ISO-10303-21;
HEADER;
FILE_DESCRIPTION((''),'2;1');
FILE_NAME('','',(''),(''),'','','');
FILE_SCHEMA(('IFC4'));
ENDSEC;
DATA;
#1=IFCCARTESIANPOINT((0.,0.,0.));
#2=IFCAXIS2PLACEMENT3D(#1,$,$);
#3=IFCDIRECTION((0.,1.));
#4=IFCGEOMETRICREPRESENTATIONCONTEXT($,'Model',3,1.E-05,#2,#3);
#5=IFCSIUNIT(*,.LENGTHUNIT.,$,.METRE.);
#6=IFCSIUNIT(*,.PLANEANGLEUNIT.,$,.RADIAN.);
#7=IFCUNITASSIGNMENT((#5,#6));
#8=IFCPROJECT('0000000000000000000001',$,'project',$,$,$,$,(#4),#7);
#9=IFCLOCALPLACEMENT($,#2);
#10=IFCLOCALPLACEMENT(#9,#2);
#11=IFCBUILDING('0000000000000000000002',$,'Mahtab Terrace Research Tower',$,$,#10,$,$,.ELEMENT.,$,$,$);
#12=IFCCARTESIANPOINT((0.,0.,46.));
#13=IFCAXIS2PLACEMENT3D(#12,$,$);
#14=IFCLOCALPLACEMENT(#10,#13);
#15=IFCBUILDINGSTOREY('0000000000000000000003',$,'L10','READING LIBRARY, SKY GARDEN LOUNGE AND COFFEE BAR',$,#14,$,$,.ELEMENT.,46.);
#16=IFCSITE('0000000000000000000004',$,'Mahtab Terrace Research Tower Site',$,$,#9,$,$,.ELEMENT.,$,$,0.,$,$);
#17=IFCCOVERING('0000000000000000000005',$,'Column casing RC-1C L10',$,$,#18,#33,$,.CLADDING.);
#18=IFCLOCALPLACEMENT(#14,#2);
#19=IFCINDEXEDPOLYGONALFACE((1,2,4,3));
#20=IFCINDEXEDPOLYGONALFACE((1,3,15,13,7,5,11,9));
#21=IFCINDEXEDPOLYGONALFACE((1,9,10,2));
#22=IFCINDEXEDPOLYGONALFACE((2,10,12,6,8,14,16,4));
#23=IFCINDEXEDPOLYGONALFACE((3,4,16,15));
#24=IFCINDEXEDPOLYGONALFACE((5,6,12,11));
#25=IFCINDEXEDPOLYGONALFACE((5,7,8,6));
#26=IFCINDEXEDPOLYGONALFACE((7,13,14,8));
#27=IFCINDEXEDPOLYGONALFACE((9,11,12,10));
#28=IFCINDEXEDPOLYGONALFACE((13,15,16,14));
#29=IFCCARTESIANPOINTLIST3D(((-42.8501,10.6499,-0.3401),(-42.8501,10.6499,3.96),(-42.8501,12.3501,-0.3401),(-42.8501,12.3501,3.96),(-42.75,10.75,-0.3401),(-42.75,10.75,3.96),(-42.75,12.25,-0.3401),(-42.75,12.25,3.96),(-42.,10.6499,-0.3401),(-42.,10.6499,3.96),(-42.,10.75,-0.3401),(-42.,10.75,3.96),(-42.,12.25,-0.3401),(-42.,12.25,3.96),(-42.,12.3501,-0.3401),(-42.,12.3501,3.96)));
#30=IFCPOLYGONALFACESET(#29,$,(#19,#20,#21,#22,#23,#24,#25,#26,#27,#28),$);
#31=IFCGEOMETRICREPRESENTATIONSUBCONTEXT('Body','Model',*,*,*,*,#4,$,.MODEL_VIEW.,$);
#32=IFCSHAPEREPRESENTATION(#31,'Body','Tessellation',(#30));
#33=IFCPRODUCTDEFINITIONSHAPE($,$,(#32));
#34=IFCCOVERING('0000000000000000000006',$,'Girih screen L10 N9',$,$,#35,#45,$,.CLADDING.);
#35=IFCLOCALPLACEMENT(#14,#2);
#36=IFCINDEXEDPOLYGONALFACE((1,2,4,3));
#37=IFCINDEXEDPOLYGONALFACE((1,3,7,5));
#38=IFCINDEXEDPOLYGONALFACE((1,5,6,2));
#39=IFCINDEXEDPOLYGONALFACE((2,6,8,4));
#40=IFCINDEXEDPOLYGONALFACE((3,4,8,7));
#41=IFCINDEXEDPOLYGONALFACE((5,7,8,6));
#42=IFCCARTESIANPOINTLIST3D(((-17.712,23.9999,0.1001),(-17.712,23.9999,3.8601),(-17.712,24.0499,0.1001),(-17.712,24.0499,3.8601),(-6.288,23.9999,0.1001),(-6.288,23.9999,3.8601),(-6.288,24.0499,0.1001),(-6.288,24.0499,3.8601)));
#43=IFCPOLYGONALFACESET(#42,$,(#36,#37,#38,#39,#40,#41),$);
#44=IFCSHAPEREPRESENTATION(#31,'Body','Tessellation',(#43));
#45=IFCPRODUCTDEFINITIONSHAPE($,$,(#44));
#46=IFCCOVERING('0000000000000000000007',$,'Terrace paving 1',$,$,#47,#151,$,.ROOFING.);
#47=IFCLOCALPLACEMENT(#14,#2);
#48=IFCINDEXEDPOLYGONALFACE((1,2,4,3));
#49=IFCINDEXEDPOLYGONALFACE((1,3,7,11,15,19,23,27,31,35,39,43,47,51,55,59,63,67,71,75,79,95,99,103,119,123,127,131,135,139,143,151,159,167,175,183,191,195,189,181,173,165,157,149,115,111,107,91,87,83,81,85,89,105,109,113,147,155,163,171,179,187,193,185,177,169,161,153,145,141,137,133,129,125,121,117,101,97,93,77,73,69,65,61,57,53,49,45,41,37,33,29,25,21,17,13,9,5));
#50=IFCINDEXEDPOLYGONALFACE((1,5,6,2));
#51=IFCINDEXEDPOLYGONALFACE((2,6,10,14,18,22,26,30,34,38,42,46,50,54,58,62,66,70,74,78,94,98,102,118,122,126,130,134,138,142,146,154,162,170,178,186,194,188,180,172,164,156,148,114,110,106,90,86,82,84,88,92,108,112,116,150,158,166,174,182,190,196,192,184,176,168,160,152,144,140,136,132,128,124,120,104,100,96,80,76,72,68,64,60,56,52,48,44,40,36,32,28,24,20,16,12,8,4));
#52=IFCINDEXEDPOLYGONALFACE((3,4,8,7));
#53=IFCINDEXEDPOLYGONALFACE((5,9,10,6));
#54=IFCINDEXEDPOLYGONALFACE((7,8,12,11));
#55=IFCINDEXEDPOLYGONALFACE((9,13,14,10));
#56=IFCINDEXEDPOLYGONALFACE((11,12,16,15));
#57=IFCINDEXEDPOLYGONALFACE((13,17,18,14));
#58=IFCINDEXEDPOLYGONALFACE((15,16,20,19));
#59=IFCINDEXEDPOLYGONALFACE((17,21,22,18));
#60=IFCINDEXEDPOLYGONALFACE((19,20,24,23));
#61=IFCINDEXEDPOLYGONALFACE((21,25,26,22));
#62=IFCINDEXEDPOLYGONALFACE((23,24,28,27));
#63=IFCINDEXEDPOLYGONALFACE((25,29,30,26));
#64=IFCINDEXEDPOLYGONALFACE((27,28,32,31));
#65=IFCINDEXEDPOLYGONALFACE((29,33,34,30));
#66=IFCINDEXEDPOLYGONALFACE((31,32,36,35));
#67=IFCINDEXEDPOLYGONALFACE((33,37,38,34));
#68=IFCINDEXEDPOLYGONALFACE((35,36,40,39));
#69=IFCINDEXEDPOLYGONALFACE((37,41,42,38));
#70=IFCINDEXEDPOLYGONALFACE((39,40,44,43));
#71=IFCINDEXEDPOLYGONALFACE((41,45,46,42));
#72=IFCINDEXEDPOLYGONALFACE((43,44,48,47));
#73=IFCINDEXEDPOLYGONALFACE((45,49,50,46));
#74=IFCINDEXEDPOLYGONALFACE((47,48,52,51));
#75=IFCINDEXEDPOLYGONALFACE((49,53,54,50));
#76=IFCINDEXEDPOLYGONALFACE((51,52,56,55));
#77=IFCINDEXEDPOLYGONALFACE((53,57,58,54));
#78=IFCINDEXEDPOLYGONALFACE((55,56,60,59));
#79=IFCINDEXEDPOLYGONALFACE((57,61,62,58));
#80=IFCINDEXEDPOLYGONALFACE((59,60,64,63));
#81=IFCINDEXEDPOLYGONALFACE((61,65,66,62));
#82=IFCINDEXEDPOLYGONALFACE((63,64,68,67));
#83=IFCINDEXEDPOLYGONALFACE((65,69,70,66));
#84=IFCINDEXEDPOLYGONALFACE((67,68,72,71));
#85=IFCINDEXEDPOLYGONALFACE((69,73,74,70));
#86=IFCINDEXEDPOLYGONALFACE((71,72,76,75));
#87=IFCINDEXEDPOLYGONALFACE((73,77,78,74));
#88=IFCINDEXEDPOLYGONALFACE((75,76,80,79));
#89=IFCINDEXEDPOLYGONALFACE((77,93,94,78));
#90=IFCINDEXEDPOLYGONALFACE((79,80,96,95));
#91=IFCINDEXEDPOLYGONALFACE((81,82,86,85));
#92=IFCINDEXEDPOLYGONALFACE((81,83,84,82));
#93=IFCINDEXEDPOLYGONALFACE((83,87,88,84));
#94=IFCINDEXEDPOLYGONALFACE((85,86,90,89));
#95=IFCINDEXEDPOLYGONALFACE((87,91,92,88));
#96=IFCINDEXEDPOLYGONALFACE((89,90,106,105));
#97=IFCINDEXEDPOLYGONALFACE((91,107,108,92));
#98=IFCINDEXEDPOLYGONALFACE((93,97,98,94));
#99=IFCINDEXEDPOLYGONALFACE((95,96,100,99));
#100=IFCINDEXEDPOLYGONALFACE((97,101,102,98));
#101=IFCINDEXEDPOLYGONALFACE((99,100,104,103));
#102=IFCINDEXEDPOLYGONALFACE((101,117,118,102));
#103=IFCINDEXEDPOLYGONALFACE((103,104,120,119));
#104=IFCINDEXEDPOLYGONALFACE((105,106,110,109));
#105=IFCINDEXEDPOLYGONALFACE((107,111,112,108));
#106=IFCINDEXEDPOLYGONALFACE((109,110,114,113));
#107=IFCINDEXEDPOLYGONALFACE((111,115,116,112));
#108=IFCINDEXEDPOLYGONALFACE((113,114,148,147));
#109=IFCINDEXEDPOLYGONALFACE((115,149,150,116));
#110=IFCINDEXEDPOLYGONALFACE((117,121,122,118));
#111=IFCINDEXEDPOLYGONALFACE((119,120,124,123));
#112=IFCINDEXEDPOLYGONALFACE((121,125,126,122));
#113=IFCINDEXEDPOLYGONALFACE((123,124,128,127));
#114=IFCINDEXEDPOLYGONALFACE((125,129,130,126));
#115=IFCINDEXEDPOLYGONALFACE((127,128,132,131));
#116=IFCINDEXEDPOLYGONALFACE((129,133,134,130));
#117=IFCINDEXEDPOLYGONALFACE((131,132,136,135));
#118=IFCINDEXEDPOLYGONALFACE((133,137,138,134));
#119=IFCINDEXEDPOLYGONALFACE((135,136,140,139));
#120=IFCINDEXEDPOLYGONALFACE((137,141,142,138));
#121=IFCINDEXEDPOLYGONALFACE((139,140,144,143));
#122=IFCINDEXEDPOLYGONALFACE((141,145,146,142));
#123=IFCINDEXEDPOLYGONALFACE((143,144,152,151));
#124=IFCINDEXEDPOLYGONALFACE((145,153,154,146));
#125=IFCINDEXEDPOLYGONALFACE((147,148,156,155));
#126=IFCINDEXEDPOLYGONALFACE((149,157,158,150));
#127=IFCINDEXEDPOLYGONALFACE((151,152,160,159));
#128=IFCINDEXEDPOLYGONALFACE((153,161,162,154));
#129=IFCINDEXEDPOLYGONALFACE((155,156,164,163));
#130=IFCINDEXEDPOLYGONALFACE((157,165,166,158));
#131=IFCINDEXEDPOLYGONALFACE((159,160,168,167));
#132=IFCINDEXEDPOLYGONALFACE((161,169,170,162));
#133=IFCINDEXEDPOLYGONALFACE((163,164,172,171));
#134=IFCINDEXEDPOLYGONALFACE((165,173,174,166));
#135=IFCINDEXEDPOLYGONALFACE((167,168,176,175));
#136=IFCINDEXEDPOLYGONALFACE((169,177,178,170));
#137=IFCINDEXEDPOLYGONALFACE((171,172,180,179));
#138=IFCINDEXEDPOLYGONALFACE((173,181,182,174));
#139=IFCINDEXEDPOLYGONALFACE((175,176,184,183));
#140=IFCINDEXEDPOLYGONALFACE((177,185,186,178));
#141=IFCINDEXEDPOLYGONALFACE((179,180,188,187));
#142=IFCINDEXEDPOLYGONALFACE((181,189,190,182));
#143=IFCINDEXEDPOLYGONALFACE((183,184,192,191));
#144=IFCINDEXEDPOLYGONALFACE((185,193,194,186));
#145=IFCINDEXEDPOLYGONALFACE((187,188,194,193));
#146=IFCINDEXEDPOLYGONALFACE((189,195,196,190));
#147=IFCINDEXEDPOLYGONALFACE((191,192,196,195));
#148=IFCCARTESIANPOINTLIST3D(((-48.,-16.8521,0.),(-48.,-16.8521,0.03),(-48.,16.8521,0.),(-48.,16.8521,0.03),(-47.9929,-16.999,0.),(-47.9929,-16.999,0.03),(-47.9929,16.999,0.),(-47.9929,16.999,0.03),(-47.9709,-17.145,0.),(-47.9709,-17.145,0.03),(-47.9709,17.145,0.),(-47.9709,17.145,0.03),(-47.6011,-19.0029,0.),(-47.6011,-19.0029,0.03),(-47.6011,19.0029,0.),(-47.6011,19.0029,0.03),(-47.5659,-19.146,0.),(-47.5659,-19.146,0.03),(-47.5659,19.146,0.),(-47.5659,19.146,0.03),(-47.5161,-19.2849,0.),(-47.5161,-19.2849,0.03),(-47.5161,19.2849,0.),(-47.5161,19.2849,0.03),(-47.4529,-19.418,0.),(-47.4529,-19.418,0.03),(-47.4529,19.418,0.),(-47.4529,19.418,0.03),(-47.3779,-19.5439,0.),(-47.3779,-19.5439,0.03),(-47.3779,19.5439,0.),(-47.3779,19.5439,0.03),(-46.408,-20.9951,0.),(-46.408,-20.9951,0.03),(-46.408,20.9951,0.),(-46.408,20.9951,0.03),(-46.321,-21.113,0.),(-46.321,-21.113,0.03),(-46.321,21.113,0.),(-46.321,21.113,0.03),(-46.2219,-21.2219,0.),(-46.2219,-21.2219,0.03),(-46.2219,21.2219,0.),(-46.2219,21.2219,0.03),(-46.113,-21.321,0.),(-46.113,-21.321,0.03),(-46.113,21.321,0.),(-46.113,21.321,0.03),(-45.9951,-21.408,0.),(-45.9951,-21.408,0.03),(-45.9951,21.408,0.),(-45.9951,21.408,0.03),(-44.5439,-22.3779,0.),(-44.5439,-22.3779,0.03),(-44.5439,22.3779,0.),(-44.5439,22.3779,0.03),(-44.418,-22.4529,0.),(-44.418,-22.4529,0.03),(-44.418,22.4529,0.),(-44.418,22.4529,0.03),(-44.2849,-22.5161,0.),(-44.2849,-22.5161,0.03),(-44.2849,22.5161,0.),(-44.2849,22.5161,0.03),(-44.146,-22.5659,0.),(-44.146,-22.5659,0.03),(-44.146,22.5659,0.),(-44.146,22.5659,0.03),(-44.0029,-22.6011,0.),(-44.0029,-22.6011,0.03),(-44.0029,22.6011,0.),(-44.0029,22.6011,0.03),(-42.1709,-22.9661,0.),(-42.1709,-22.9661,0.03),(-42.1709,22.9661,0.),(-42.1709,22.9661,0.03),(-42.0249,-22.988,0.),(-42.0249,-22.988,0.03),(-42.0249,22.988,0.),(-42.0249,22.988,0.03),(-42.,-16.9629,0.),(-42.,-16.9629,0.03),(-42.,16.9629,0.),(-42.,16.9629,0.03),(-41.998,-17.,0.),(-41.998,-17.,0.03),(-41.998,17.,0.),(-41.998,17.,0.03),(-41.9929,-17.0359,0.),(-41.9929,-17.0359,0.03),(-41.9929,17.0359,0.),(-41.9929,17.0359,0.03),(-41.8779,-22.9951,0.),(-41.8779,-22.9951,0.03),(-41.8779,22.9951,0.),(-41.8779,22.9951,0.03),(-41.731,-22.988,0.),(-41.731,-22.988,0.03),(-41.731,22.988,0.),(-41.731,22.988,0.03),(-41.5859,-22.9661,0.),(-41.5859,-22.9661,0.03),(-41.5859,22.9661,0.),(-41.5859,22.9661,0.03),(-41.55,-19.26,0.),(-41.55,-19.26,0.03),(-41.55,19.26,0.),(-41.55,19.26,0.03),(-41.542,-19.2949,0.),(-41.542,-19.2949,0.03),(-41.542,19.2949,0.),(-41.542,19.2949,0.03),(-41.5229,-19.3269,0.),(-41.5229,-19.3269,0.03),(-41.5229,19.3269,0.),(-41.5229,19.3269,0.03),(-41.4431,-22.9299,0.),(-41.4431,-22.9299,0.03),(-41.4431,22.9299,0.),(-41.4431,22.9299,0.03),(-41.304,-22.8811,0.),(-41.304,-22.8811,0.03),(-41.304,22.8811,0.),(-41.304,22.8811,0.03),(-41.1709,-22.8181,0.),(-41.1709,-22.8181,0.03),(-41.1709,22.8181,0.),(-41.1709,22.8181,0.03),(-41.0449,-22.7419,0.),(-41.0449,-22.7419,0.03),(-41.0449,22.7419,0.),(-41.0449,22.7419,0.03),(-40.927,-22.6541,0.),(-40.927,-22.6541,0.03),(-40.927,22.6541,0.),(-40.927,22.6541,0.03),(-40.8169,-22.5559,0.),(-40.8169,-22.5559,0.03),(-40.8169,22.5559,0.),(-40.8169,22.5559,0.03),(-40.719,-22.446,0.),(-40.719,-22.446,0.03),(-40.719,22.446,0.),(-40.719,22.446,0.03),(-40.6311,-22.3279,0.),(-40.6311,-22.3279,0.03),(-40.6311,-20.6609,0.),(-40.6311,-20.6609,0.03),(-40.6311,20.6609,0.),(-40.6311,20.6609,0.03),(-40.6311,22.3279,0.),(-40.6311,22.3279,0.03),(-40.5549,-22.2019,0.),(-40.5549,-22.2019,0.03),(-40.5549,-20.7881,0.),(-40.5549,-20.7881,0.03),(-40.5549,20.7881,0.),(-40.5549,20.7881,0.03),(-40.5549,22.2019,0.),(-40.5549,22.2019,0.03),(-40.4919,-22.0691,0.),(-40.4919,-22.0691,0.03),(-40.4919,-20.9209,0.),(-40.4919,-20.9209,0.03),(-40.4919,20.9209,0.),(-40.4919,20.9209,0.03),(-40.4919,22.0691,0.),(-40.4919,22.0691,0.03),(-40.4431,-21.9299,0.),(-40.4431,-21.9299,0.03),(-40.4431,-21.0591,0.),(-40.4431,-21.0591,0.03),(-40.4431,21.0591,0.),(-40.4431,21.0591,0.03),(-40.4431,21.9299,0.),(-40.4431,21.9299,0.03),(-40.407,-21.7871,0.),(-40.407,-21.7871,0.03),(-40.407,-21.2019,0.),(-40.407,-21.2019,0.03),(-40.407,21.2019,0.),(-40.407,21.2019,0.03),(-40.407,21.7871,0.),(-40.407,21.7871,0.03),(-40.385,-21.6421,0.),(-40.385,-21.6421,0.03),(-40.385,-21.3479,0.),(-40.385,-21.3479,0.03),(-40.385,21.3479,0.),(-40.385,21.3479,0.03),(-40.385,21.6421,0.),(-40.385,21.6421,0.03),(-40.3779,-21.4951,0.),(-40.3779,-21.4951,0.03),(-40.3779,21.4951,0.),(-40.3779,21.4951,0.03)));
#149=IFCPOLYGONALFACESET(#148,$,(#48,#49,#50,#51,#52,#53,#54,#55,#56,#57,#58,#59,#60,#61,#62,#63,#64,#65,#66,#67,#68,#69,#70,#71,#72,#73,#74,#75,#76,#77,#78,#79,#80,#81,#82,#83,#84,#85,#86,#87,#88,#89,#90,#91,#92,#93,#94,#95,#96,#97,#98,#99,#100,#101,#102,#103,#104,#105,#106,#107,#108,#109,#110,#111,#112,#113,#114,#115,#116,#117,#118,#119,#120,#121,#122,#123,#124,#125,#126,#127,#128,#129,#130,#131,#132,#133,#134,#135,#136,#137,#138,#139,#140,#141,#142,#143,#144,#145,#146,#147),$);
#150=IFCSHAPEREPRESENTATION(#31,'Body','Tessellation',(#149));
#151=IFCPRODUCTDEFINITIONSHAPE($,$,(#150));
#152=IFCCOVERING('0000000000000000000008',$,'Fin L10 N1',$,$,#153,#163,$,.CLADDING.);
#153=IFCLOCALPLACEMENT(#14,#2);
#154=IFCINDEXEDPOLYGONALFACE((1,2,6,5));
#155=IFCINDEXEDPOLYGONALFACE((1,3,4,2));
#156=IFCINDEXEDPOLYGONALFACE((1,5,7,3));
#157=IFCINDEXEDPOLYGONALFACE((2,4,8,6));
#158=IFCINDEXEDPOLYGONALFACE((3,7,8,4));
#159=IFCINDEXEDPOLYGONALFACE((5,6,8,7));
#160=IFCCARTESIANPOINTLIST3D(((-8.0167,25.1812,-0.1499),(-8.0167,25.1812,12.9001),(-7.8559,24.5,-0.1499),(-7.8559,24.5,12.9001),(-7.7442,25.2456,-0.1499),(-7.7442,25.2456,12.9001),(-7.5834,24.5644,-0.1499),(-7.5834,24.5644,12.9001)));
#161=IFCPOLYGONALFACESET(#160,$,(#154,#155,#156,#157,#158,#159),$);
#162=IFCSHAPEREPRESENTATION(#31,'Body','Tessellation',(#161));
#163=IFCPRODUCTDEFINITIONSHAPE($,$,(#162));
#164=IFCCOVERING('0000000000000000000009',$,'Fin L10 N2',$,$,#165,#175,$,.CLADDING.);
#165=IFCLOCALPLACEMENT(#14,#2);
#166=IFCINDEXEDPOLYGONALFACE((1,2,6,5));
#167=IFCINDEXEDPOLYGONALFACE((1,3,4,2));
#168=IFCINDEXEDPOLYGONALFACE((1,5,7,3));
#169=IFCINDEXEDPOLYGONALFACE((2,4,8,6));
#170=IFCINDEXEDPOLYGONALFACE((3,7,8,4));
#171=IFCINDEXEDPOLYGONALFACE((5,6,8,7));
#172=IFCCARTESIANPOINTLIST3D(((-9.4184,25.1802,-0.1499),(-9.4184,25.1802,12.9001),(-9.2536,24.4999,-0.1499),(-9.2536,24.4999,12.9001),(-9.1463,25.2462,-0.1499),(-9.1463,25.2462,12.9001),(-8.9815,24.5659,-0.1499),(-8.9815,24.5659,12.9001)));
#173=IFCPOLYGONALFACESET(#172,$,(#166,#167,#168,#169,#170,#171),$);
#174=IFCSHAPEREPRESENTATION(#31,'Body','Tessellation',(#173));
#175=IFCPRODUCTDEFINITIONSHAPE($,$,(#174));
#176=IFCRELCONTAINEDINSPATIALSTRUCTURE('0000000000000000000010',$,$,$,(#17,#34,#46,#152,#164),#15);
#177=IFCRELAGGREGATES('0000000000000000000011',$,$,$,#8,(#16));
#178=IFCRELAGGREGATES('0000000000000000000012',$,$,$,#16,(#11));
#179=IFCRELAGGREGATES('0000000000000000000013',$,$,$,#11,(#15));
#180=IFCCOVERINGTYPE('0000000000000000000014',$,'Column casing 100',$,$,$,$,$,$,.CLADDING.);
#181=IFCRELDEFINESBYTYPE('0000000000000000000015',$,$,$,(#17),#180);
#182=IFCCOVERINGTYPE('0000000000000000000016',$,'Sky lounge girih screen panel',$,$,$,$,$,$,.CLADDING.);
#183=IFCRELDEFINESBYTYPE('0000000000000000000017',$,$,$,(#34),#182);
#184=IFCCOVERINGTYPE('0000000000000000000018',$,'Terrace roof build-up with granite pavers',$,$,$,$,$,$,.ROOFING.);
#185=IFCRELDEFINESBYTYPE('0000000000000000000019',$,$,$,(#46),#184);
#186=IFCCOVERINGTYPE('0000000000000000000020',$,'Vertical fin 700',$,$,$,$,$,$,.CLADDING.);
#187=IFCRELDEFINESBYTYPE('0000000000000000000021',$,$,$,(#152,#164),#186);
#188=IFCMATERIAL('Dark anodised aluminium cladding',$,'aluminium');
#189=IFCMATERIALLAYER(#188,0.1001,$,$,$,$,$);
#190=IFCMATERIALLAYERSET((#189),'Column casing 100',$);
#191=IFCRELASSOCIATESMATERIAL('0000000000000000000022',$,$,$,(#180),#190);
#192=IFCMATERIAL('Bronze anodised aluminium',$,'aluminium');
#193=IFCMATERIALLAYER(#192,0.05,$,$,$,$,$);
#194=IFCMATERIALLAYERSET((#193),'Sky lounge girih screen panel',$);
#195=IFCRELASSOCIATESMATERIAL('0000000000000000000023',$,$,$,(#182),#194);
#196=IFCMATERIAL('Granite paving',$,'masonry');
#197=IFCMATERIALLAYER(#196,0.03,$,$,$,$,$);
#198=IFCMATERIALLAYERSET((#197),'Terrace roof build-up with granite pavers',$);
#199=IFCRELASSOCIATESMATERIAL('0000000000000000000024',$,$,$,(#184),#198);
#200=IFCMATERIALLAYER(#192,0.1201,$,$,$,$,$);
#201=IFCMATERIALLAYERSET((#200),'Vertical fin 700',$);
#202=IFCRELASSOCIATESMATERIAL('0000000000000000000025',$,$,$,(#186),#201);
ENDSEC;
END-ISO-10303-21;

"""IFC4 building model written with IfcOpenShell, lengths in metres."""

from ifc_helpers import new_model, si_unit, direction, frame, origin, origin_2d, place, context, subcontext, project, spatial, polyline, rectangle, outline, extrude, material, layer, layer_set, type_object, element, save


model = new_model("IFC4")

# Units and contexts
model_context = context("Model", 3, precision=1e-05, world=origin(), true_north=direction((0.0, 1.0)))
body_context = subcontext(model_context, "Body", "Model", "MODEL_VIEW")
ifc_project = project(units=[si_unit("LENGTHUNIT", "METRE"), si_unit("PLANEANGLEUNIT", "RADIAN")], contexts=[model_context])

# Site, building, storey
site_placement = place(None, origin())
site = spatial("IfcSite", under=ifc_project, at=site_placement, Name="Mahtab Terrace Research Tower Site", CompositionType="ELEMENT", RefElevation=0.0)
building_placement = place(site_placement, origin())
building = spatial("IfcBuilding", under=site, at=building_placement, Name="Mahtab Terrace Research Tower", CompositionType="ELEMENT")
storey_placement = place(building_placement, frame((0.0, 0.0, 46.0)))
storey = spatial("IfcBuildingStorey", under=building, at=storey_placement, Name="L10", Description="READING LIBRARY, SKY GARDEN LOUNGE AND COFFEE BAR", CompositionType="ELEMENT", Elevation=46.0)

# Coverings
ifc_material_1 = material(Name="Dark anodised aluminium cladding", Category="aluminium")
ifc_layer_1 = layer(ifc_material_1, 0.1001)
ifc_layer_set_1 = layer_set([ifc_layer_1], Name="Column casing 100")
covering_type_1 = type_object("IfcCoveringType", Name="Column casing 100", PredefinedType="CLADDING", material=ifc_layer_set_1)
covering_1_placement = place(storey_placement, frame((0.0, 0.0, -0.3401)))
element("IfcCovering", 1, at=covering_1_placement, inside=storey, type_object=covering_type_1, Name="Column casing RC-1C L10", PredefinedType="CLADDING", context=body_context, shape_type="SweptSolid", body=[
    extrude(outline(polyline([(-42.8501, 12.3501), (-42.0, 12.3501), (-42.0, 12.25), (-42.75, 12.25), (-42.75, 10.75), (-42.0, 10.75), (-42.0, 10.6499), (-42.8501, 10.6499), (-42.8501, 12.3501)])), origin(), (0.0, 0.0, 1.0), 4.3),
])
ifc_material_2 = material(Name="Bronze anodised aluminium", Category="aluminium")
ifc_layer_2 = layer(ifc_material_2, 0.05)
ifc_layer_set_2 = layer_set([ifc_layer_2], Name="Sky lounge girih screen panel")
covering_type_2 = type_object("IfcCoveringType", Name="Sky lounge girih screen panel", PredefinedType="CLADDING", material=ifc_layer_set_2)
covering_2_placement = place(storey_placement, frame((-12.0, 24.0249, 0.1001), z_axis=(0.0, 0.0, 1.0), x_axis=(-1.0, 0.0, 0.0)))
element("IfcCovering", 2, at=covering_2_placement, inside=storey, type_object=covering_type_2, Name="Girih screen L10 N9", PredefinedType="CLADDING", context=body_context, shape_type="SweptSolid", body=[
    extrude(rectangle(XDim=11.4241, YDim=0.05, at=origin_2d()), origin(), (0.0, 0.0, 1.0), 3.76),
])
ifc_material_3 = material(Name="Granite paving", Category="masonry")
ifc_layer_3 = layer(ifc_material_3, 0.03)
ifc_layer_set_3 = layer_set([ifc_layer_3], Name="Terrace roof build-up with granite pavers")
covering_type_3 = type_object("IfcCoveringType", Name="Terrace roof build-up with granite pavers", PredefinedType="ROOFING", material=ifc_layer_set_3)
covering_3_placement = place(storey_placement, origin())
element("IfcCovering", 3, at=covering_3_placement, inside=storey, type_object=covering_type_3, Name="Terrace paving 1", PredefinedType="ROOFING", context=body_context, shape_type="SweptSolid", body=[
    extrude(outline(polyline([(-41.55, -19.26), (-41.9929, -17.0359), (-41.998, -17.0), (-42.0, -16.9629), (-42.0, 16.9629), (-41.998, 17.0), (-41.9929, 17.0359), (-41.55, 19.26), (-41.542, 19.2949), (-41.5229, 19.3269), (-40.6311, 20.6609), (-40.5549, 20.7881), (-40.4919, 20.9209), (-40.4431, 21.0591), (-40.407, 21.2019), (-40.385, 21.3479), (-40.3779, 21.4951), (-40.385, 21.6421), (-40.407, 21.7871), (-40.4431, 21.9299), (-40.4919, 22.0691), (-40.5549, 22.2019), (-40.6311, 22.3279), (-40.719, 22.446), (-40.8169, 22.5559), (-40.927, 22.6541), (-41.0449, 22.7419), (-41.1709, 22.8181), (-41.304, 22.8811), (-41.4431, 22.9299), (-41.5859, 22.9661), (-41.731, 22.988), (-41.8779, 22.9951), (-42.0249, 22.988), (-42.1709, 22.9661), (-44.0029, 22.6011), (-44.146, 22.5659), (-44.2849, 22.5161), (-44.418, 22.4529), (-44.5439, 22.3779), (-45.9951, 21.408), (-46.113, 21.321), (-46.2219, 21.2219), (-46.321, 21.113), (-46.408, 20.9951), (-47.3779, 19.5439), (-47.4529, 19.418), (-47.5161, 19.2849), (-47.5659, 19.146), (-47.6011, 19.0029), (-47.9709, 17.145), (-47.9929, 16.999), (-48.0, 16.8521), (-48.0, -16.8521), (-47.9929, -16.999), (-47.9709, -17.145), (-47.6011, -19.0029), (-47.5659, -19.146), (-47.5161, -19.2849), (-47.4529, -19.418), (-47.3779, -19.5439), (-46.408, -20.9951), (-46.321, -21.113), (-46.2219, -21.2219), (-46.113, -21.321), (-45.9951, -21.408), (-44.5439, -22.3779), (-44.418, -22.4529), (-44.2849, -22.5161), (-44.146, -22.5659), (-44.0029, -22.6011), (-42.1709, -22.9661), (-42.0249, -22.988), (-41.8779, -22.9951), (-41.731, -22.988), (-41.5859, -22.9661), (-41.4431, -22.9299), (-41.304, -22.8811), (-41.1709, -22.8181), (-41.0449, -22.7419), (-40.927, -22.6541), (-40.8169, -22.5559), (-40.719, -22.446), (-40.6311, -22.3279), (-40.5549, -22.2019), (-40.4919, -22.0691), (-40.4431, -21.9299), (-40.407, -21.7871), (-40.385, -21.6421), (-40.3779, -21.4951), (-40.385, -21.3479), (-40.407, -21.2019), (-40.4431, -21.0591), (-40.4919, -20.9209), (-40.5549, -20.7881), (-40.6311, -20.6609), (-41.5229, -19.3269), (-41.542, -19.2949), (-41.55, -19.26)])), origin(), (0.0, 0.0, 1.0), 0.03),
])
ifc_layer_4 = layer(ifc_material_2, 0.1201)
ifc_layer_set_4 = layer_set([ifc_layer_4], Name="Vertical fin 700")
covering_type_4 = type_object("IfcCoveringType", Name="Vertical fin 700", PredefinedType="CLADDING", material=ifc_layer_set_4)
for number, where, z_axis, x_axis, name in (
    (4, (-7.8, 24.8728, -0.1499), (0.0, 0.0, 1.0), (-0.973236, -0.229807, 0.0), "Fin L10 N1"),
    (5, (-9.2, 24.873, -0.1499), (0.0, 0.0, 1.0), (-0.971883, -0.235465, 0.0), "Fin L10 N2"),
):
    element("IfcCovering", number, at=place(storey_placement, frame(where, z_axis=z_axis, x_axis=x_axis)), inside=storey, type_object=covering_type_4, Name=name, PredefinedType="CLADDING", context=body_context, shape_type="SweptSolid", body=[
        extrude(rectangle(XDim=0.28, YDim=0.7, at=origin_2d()), origin(), (0.0, 0.0, 1.0), 13.05),
    ])

save(model, "model.ifc")
